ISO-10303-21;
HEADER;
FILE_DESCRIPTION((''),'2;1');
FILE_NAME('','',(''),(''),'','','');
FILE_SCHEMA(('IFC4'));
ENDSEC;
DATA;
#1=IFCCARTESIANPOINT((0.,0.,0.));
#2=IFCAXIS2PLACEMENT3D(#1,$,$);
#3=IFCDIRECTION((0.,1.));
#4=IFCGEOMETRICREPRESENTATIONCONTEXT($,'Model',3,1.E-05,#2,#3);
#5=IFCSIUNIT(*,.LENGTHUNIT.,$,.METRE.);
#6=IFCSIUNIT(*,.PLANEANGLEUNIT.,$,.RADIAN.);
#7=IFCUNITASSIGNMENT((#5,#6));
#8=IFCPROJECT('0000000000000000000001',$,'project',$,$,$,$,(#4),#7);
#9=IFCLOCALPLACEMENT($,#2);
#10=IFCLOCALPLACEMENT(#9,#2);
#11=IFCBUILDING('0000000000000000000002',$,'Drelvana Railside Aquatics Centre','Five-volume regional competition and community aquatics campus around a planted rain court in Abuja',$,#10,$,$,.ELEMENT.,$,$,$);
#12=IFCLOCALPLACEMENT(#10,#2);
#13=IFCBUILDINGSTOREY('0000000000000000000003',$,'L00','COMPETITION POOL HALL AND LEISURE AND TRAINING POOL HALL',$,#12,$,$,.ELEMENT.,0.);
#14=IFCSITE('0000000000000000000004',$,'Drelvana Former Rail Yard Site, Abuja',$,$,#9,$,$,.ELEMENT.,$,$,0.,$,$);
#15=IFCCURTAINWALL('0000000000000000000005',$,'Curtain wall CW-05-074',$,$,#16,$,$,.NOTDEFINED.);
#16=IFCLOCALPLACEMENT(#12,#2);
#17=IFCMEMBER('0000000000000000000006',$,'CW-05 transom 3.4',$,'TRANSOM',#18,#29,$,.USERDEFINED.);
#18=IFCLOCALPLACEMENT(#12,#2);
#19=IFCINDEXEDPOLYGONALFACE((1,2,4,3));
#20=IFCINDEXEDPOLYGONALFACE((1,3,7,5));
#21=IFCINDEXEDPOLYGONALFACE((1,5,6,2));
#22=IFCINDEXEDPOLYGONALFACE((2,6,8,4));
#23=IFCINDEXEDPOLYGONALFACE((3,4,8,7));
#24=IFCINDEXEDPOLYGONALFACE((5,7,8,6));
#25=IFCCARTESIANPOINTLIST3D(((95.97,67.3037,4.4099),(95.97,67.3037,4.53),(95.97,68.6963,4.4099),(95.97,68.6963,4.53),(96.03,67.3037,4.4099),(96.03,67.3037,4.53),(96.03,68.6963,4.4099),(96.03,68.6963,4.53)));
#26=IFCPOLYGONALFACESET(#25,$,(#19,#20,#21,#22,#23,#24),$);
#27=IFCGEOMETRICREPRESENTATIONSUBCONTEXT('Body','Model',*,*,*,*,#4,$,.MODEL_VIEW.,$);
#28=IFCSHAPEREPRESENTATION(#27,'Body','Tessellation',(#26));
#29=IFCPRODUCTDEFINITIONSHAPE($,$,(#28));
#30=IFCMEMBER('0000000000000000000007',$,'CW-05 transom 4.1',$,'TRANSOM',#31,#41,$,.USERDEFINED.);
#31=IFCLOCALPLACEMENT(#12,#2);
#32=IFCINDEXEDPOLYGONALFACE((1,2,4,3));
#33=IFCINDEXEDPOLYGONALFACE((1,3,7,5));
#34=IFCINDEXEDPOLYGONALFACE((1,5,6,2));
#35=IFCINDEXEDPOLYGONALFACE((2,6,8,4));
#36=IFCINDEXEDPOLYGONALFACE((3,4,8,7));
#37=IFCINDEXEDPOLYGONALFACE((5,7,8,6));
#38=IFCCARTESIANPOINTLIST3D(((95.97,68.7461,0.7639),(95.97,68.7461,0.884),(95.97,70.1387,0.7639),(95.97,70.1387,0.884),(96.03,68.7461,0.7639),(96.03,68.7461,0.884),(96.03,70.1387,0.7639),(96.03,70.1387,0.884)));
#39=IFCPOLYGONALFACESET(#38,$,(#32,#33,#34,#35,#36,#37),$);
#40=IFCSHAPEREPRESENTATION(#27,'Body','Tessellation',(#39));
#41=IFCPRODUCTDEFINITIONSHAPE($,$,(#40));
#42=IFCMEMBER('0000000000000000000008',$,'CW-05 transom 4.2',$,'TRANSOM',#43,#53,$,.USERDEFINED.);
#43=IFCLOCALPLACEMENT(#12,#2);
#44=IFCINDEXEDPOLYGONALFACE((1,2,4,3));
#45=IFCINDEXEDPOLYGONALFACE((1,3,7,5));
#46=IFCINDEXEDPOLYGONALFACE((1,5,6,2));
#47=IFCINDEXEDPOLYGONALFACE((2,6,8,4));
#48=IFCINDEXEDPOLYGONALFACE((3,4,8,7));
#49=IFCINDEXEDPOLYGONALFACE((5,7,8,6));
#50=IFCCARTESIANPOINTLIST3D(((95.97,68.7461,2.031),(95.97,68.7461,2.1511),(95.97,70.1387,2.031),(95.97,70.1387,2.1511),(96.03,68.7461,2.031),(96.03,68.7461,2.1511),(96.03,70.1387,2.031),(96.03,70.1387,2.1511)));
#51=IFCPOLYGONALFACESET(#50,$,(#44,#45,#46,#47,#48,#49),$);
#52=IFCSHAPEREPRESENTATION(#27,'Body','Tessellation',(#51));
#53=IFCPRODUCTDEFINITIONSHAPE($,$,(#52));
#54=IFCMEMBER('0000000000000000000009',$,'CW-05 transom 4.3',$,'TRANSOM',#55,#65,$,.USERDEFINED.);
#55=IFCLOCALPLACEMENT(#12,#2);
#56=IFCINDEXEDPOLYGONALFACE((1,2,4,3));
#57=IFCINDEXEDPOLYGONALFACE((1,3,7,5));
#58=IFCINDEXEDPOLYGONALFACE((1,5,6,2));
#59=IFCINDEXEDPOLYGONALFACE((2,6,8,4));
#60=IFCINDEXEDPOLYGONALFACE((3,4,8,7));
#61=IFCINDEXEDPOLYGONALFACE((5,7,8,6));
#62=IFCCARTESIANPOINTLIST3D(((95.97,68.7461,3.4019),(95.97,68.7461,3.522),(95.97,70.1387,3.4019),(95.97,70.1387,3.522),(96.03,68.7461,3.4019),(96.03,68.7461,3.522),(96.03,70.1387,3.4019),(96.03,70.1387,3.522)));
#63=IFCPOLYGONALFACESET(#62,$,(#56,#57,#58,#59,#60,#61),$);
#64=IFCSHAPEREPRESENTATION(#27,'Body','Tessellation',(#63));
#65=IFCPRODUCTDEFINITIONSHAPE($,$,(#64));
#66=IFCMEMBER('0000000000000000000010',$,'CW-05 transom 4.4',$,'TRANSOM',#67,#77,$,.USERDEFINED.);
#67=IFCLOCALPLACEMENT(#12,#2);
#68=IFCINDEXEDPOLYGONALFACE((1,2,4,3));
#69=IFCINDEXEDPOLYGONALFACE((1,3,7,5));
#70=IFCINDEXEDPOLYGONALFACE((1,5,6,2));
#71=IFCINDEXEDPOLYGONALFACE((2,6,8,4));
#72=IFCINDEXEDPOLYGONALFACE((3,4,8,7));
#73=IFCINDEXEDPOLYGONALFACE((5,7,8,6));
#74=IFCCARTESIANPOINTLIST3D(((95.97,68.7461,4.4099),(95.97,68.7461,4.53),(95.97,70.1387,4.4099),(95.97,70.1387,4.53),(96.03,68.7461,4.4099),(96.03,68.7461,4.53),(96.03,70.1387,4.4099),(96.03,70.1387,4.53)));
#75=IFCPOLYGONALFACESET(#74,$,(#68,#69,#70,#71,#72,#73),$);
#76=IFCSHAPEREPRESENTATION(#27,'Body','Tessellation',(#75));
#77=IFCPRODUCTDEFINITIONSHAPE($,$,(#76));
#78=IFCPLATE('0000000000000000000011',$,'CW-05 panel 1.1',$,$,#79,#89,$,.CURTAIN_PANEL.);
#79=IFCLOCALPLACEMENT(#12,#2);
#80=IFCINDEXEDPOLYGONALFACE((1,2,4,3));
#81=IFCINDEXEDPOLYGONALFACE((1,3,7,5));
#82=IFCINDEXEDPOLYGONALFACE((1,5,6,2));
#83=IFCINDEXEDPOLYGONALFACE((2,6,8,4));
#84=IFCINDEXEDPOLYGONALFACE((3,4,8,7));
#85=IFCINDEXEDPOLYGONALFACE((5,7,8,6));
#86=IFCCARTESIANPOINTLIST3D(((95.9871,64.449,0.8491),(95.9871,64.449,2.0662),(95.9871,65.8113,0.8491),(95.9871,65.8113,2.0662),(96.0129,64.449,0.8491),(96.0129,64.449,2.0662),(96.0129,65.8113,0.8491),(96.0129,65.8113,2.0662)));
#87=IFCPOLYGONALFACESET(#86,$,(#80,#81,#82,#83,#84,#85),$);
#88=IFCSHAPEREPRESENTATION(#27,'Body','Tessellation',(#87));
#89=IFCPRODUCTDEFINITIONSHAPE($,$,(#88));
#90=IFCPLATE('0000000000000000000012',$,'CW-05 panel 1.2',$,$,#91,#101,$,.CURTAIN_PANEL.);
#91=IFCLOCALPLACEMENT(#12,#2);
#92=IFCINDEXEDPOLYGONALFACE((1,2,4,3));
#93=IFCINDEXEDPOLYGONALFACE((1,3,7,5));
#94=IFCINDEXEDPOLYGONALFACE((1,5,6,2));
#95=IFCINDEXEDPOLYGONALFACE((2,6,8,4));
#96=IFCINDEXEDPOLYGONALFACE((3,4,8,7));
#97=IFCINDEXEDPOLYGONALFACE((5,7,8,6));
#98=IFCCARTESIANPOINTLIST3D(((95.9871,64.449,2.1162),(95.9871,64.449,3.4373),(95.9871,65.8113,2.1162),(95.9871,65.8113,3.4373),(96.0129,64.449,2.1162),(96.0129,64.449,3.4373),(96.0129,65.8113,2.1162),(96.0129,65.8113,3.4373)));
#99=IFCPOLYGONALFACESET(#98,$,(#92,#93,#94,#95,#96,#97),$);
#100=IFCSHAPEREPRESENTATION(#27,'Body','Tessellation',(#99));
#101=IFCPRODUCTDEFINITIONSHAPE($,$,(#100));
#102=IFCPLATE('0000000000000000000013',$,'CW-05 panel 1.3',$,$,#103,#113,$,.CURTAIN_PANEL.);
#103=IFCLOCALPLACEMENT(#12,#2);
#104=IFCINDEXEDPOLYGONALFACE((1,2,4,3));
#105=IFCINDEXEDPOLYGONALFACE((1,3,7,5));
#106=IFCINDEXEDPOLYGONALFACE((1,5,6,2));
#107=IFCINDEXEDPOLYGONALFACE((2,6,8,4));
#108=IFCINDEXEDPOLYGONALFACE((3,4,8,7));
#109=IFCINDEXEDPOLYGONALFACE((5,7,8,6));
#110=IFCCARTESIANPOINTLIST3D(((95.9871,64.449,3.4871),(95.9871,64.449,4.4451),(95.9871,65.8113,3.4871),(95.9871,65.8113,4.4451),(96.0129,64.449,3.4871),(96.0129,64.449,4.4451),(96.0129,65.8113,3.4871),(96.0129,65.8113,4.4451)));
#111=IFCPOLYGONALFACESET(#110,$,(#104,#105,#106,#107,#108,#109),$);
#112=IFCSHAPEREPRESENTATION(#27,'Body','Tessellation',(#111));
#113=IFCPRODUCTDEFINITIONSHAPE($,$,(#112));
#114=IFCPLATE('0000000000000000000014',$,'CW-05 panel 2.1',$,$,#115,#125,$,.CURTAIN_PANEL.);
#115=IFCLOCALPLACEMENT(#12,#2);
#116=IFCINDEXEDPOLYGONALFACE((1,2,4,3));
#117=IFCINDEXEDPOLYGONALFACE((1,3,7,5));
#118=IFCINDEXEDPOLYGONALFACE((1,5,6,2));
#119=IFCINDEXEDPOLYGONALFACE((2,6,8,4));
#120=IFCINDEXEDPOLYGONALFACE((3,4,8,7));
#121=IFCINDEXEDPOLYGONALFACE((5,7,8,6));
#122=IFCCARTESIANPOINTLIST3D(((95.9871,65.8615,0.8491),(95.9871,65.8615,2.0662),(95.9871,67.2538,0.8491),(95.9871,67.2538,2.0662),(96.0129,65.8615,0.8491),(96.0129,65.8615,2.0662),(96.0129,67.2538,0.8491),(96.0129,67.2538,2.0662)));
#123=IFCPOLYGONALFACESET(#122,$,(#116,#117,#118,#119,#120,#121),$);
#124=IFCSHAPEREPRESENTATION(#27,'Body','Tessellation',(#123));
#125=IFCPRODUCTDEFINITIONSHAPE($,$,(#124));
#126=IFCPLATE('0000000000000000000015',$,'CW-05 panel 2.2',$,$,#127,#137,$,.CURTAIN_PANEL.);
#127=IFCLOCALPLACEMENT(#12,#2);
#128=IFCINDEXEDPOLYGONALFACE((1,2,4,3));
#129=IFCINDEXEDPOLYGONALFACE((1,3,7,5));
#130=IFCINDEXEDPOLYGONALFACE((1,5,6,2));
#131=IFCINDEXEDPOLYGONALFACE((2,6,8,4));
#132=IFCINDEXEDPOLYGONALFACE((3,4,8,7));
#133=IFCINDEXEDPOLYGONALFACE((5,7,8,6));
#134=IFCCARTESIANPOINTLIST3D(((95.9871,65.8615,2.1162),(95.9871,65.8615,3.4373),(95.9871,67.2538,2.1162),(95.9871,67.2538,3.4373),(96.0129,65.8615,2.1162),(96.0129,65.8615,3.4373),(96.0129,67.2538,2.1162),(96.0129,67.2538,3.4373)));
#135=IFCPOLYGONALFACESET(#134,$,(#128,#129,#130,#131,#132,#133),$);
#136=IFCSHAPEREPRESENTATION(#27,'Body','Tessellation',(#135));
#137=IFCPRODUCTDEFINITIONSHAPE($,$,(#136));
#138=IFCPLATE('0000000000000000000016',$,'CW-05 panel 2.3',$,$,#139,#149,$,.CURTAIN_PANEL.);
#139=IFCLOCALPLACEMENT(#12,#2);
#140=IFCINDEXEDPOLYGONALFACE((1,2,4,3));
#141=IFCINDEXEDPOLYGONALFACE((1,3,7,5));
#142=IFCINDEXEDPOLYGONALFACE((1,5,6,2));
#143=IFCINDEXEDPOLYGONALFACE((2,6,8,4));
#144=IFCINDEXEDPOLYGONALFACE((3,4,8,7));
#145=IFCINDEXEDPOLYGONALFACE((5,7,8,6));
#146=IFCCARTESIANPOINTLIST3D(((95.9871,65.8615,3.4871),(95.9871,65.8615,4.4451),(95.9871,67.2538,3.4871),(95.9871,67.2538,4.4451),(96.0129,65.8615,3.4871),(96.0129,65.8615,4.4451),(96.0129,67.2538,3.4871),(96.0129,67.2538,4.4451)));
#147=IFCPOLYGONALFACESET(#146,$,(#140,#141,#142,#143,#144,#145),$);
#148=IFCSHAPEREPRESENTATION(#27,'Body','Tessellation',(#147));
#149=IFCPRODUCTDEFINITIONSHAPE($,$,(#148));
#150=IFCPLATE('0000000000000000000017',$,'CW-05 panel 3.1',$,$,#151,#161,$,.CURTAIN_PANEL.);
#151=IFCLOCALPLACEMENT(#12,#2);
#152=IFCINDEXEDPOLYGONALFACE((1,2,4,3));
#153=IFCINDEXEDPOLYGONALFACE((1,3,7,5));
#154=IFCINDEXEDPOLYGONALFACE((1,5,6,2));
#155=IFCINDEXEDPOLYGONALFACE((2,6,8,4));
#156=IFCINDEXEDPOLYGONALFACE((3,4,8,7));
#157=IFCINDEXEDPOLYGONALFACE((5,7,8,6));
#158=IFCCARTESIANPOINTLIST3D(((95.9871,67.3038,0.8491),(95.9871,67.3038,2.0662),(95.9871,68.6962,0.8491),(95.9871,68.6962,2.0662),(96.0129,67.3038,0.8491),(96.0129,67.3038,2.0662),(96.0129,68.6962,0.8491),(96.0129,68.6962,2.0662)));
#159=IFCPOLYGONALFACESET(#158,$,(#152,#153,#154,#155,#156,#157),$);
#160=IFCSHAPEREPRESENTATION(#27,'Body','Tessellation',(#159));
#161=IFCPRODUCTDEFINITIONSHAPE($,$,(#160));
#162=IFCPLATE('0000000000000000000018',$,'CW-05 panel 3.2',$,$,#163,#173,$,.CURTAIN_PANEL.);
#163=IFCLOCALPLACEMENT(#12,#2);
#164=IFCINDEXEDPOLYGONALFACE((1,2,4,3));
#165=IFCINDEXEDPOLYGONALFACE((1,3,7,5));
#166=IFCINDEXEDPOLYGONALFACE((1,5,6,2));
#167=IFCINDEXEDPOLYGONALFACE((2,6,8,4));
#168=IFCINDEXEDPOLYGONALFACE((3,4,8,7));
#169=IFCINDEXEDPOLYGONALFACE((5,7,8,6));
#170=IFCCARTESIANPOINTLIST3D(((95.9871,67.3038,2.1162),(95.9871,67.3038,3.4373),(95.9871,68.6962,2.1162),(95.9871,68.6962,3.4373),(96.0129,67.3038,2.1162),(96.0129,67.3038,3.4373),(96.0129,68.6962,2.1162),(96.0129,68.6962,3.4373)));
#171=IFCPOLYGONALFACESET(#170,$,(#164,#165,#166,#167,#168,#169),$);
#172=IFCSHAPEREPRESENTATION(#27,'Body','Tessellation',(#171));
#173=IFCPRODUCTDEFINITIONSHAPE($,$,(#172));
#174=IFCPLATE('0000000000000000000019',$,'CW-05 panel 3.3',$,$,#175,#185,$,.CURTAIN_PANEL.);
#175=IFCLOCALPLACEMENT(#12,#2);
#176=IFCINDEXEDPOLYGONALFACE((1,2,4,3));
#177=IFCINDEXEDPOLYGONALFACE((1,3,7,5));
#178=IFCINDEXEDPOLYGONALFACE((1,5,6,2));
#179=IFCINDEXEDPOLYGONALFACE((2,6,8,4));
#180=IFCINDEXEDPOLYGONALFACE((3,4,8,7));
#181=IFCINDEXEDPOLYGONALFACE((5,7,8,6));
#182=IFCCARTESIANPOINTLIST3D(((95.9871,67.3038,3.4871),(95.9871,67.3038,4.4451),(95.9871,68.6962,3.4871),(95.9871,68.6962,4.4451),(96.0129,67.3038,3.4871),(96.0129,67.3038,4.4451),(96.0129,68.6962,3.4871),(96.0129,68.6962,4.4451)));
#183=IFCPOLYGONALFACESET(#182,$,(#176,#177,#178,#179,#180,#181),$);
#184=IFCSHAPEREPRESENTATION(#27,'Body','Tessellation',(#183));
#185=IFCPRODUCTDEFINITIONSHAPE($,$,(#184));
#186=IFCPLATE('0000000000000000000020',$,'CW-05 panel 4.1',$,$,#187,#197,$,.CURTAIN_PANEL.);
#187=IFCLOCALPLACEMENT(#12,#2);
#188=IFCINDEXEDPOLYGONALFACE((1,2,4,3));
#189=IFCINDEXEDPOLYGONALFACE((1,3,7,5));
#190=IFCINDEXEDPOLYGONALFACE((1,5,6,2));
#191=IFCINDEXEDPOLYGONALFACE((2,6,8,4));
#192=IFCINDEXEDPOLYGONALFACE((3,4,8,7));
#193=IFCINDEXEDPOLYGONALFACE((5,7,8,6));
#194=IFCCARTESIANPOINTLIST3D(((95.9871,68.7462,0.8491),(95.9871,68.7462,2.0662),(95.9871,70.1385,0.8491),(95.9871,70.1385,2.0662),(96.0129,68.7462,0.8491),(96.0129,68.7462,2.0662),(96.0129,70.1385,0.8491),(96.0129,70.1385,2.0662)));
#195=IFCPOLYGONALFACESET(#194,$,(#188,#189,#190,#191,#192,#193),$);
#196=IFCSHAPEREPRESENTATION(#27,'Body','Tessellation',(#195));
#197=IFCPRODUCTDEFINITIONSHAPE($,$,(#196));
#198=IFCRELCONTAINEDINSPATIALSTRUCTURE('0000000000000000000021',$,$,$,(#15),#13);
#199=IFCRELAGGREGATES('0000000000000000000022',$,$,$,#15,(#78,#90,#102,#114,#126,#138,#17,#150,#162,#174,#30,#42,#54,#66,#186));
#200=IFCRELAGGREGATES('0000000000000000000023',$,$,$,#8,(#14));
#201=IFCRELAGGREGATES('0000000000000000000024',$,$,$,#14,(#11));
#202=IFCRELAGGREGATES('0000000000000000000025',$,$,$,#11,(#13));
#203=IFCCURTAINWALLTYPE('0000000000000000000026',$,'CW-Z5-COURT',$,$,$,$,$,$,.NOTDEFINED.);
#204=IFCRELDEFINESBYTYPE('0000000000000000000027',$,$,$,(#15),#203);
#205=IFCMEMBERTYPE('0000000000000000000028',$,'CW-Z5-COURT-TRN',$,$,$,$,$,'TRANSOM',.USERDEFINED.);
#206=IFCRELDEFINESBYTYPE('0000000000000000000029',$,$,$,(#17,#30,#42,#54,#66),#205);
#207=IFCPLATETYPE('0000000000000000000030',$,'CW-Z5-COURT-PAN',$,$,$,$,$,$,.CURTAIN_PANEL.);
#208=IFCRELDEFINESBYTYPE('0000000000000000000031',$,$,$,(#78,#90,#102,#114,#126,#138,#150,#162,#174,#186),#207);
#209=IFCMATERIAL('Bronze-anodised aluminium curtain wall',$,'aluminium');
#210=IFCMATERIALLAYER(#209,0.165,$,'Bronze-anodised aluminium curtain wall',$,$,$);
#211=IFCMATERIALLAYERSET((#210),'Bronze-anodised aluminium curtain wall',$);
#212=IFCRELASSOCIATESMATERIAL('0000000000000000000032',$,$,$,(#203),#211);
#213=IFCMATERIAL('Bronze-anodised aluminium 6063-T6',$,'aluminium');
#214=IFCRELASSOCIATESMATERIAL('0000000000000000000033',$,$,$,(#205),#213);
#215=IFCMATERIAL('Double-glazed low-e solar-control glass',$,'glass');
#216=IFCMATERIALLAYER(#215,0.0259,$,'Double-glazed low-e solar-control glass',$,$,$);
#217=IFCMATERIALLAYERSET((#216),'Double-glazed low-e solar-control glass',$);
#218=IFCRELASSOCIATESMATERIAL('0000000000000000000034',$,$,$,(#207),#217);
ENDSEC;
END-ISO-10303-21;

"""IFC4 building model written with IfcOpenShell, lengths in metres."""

from ifc_helpers import new_model, si_unit, direction, frame, origin, origin_2d, place, context, subcontext, project, spatial, rectangle, extrude, material, layer, layer_set, material_profile, profile_set, type_object, element, aggregate, save


model = new_model("IFC4")

# Units and contexts
model_context = context("Model", 3, precision=1e-05, world=origin(), true_north=direction((0.0, 1.0)))
body_context = subcontext(model_context, "Body", "Model", "MODEL_VIEW")
ifc_project = project(units=[si_unit("LENGTHUNIT", "METRE"), si_unit("PLANEANGLEUNIT", "RADIAN")], contexts=[model_context])

# Site, building, storey
site_placement = place(None, origin())
site = spatial("IfcSite", under=ifc_project, at=site_placement, Name="Drelvana Former Rail Yard Site, Abuja", CompositionType="ELEMENT", RefElevation=0.0)
building_placement = place(site_placement, origin())
building = spatial("IfcBuilding", under=site, at=building_placement, Name="Drelvana Railside Aquatics Centre", Description="Five-volume regional competition and community aquatics campus around a planted rain court in Abuja", CompositionType="ELEMENT")
storey_placement = place(building_placement, origin())
storey = spatial("IfcBuildingStorey", under=building, at=storey_placement, Name="L00", Description="COMPETITION POOL HALL AND LEISURE AND TRAINING POOL HALL", CompositionType="ELEMENT", Elevation=0.0)

# Curtain wall, members, plates
ifc_material_1 = material(Name="Bronze-anodised aluminium curtain wall", Category="aluminium")
ifc_layer_1 = layer(ifc_material_1, 0.165, Name="Bronze-anodised aluminium curtain wall")
ifc_layer_set_1 = layer_set([ifc_layer_1], Name="Bronze-anodised aluminium curtain wall")
curtain_wall_type = type_object("IfcCurtainWallType", Name="CW-Z5-COURT", PredefinedType="NOTDEFINED", material=ifc_layer_set_1)
curtain_wall_placement = place(storey_placement, origin())
curtain_wall = element("IfcCurtainWall", 1, at=curtain_wall_placement, inside=storey, type_object=curtain_wall_type, Name="Curtain wall CW-05-074", PredefinedType="NOTDEFINED")
ifc_material_2 = material(Name="Bronze-anodised aluminium 6063-T6", Category="aluminium")
ifc_material_profile_1 = material_profile(ifc_material_2, rectangle(XDim=0.1201, YDim=0.0601, at=origin_2d()), Name="ALU-T 60x120")
ifc_profile_set_1 = profile_set([ifc_material_profile_1], Name="Bronze-anodised aluminium 6063-T6")
member_type_1 = type_object("IfcMemberType", Name="CW-Z5-COURT-TRN", ElementType="TRANSOM", PredefinedType="USERDEFINED", material=ifc_profile_set_1)
member_1_placement = place(storey_placement, frame((96.0, 67.3037, 4.47), z_axis=(0.0, 1.0, 0.0), x_axis=(0.0, 0.0, 1.0)))
member_1 = element("IfcMember", 2, at=member_1_placement, type_object=member_type_1, Name="CW-05 transom 3.4", ObjectType="TRANSOM", PredefinedType="USERDEFINED", context=body_context, shape_type="SweptSolid", body=[
    extrude(rectangle(XDim=0.1201, YDim=0.0601, at=origin_2d()), origin(), (0.0, 0.0, 1.0), 1.3926),
])
member_2_placement = place(storey_placement, frame((96.0, 68.7461, 0.824), z_axis=(0.0, 1.0, 0.0), x_axis=(0.0, 0.0, 1.0)))
member_2 = element("IfcMember", 3, at=member_2_placement, type_object=member_type_1, Name="CW-05 transom 4.1", ObjectType="TRANSOM", PredefinedType="USERDEFINED", context=body_context, shape_type="SweptSolid", body=[
    extrude(rectangle(XDim=0.1201, YDim=0.0601, at=origin_2d()), origin(), (0.0, 0.0, 1.0), 1.3926),
])
member_3_placement = place(storey_placement, frame((96.0, 68.7461, 2.0911), z_axis=(0.0, 1.0, 0.0), x_axis=(0.0, 0.0, 1.0)))
member_3 = element("IfcMember", 4, at=member_3_placement, type_object=member_type_1, Name="CW-05 transom 4.2", ObjectType="TRANSOM", PredefinedType="USERDEFINED", context=body_context, shape_type="SweptSolid", body=[
    extrude(rectangle(XDim=0.1201, YDim=0.0601, at=origin_2d()), origin(), (0.0, 0.0, 1.0), 1.3926),
])
member_4_placement = place(storey_placement, frame((96.0, 68.7461, 3.4619), z_axis=(0.0, 1.0, 0.0), x_axis=(0.0, 0.0, 1.0)))
member_4 = element("IfcMember", 5, at=member_4_placement, type_object=member_type_1, Name="CW-05 transom 4.3", ObjectType="TRANSOM", PredefinedType="USERDEFINED", context=body_context, shape_type="SweptSolid", body=[
    extrude(rectangle(XDim=0.1201, YDim=0.0601, at=origin_2d()), origin(), (0.0, 0.0, 1.0), 1.3926),
])
member_5_placement = place(storey_placement, frame((96.0, 68.7461, 4.47), z_axis=(0.0, 1.0, 0.0), x_axis=(0.0, 0.0, 1.0)))
member_5 = element("IfcMember", 6, at=member_5_placement, type_object=member_type_1, Name="CW-05 transom 4.4", ObjectType="TRANSOM", PredefinedType="USERDEFINED", context=body_context, shape_type="SweptSolid", body=[
    extrude(rectangle(XDim=0.1201, YDim=0.0601, at=origin_2d()), origin(), (0.0, 0.0, 1.0), 1.3926),
])
ifc_material_3 = material(Name="Double-glazed low-e solar-control glass", Category="glass")
ifc_layer_2 = layer(ifc_material_3, 0.0259, Name="Double-glazed low-e solar-control glass")
ifc_layer_set_2 = layer_set([ifc_layer_2], Name="Double-glazed low-e solar-control glass")
plate_type = type_object("IfcPlateType", Name="CW-Z5-COURT-PAN", PredefinedType="CURTAIN_PANEL", material=ifc_layer_set_2)
plate_1_placement = place(storey_placement, frame((96.0, 65.1301, 0.8491), z_axis=(0.0, 0.0, 1.0), x_axis=(0.0, 1.0, 0.0)))
plate_1 = element("IfcPlate", 7, at=plate_1_placement, type_object=plate_type, Name="CW-05 panel 1.1", PredefinedType="CURTAIN_PANEL", context=body_context, shape_type="SweptSolid", body=[
    extrude(rectangle(XDim=1.3623, YDim=0.0259, at=origin_2d()), origin(), (0.0, 0.0, 1.0), 1.217),
])
plate_2_placement = place(storey_placement, frame((96.0, 65.1301, 2.1162), z_axis=(0.0, 0.0, 1.0), x_axis=(0.0, 1.0, 0.0)))
plate_2 = element("IfcPlate", 8, at=plate_2_placement, type_object=plate_type, Name="CW-05 panel 1.2", PredefinedType="CURTAIN_PANEL", context=body_context, shape_type="SweptSolid", body=[
    extrude(rectangle(XDim=1.3623, YDim=0.0259, at=origin_2d()), origin(), (0.0, 0.0, 1.0), 1.321),
])
plate_3_placement = place(storey_placement, frame((96.0, 65.1301, 3.4871), z_axis=(0.0, 0.0, 1.0), x_axis=(0.0, 1.0, 0.0)))
plate_3 = element("IfcPlate", 9, at=plate_3_placement, type_object=plate_type, Name="CW-05 panel 1.3", PredefinedType="CURTAIN_PANEL", context=body_context, shape_type="SweptSolid", body=[
    extrude(rectangle(XDim=1.3623, YDim=0.0259, at=origin_2d()), origin(), (0.0, 0.0, 1.0), 0.958),
])
plate_4_placement = place(storey_placement, frame((96.0, 66.5576, 0.8491), z_axis=(0.0, 0.0, 1.0), x_axis=(0.0, 1.0, 0.0)))
plate_4 = element("IfcPlate", 10, at=plate_4_placement, type_object=plate_type, Name="CW-05 panel 2.1", PredefinedType="CURTAIN_PANEL", context=body_context, shape_type="SweptSolid", body=[
    extrude(rectangle(XDim=1.3923, YDim=0.0259, at=origin_2d()), origin(), (0.0, 0.0, 1.0), 1.217),
])
plate_5_placement = place(storey_placement, frame((96.0, 66.5576, 2.1162), z_axis=(0.0, 0.0, 1.0), x_axis=(0.0, 1.0, 0.0)))
plate_5 = element("IfcPlate", 11, at=plate_5_placement, type_object=plate_type, Name="CW-05 panel 2.2", PredefinedType="CURTAIN_PANEL", context=body_context, shape_type="SweptSolid", body=[
    extrude(rectangle(XDim=1.3923, YDim=0.0259, at=origin_2d()), origin(), (0.0, 0.0, 1.0), 1.321),
])
plate_6_placement = place(storey_placement, frame((96.0, 66.5576, 3.4871), z_axis=(0.0, 0.0, 1.0), x_axis=(0.0, 1.0, 0.0)))
plate_6 = element("IfcPlate", 12, at=plate_6_placement, type_object=plate_type, Name="CW-05 panel 2.3", PredefinedType="CURTAIN_PANEL", context=body_context, shape_type="SweptSolid", body=[
    extrude(rectangle(XDim=1.3923, YDim=0.0259, at=origin_2d()), origin(), (0.0, 0.0, 1.0), 0.958),
])
plate_7_placement = place(storey_placement, frame((96.0, 68.0, 0.8491), z_axis=(0.0, 0.0, 1.0), x_axis=(0.0, 1.0, 0.0)))
plate_7 = element("IfcPlate", 13, at=plate_7_placement, type_object=plate_type, Name="CW-05 panel 3.1", PredefinedType="CURTAIN_PANEL", context=body_context, shape_type="SweptSolid", body=[
    extrude(rectangle(XDim=1.3923, YDim=0.0259, at=origin_2d()), origin(), (0.0, 0.0, 1.0), 1.217),
])
plate_8_placement = place(storey_placement, frame((96.0, 68.0, 2.1162), z_axis=(0.0, 0.0, 1.0), x_axis=(0.0, 1.0, 0.0)))
plate_8 = element("IfcPlate", 14, at=plate_8_placement, type_object=plate_type, Name="CW-05 panel 3.2", PredefinedType="CURTAIN_PANEL", context=body_context, shape_type="SweptSolid", body=[
    extrude(rectangle(XDim=1.3923, YDim=0.0259, at=origin_2d()), origin(), (0.0, 0.0, 1.0), 1.321),
])
plate_9_placement = place(storey_placement, frame((96.0, 68.0, 3.4871), z_axis=(0.0, 0.0, 1.0), x_axis=(0.0, 1.0, 0.0)))
plate_9 = element("IfcPlate", 15, at=plate_9_placement, type_object=plate_type, Name="CW-05 panel 3.3", PredefinedType="CURTAIN_PANEL", context=body_context, shape_type="SweptSolid", body=[
    extrude(rectangle(XDim=1.3923, YDim=0.0259, at=origin_2d()), origin(), (0.0, 0.0, 1.0), 0.958),
])
plate_10_placement = place(storey_placement, frame((96.0, 69.4424, 0.8491), z_axis=(0.0, 0.0, 1.0), x_axis=(0.0, 1.0, 0.0)))
plate_10 = element("IfcPlate", 16, at=plate_10_placement, type_object=plate_type, Name="CW-05 panel 4.1", PredefinedType="CURTAIN_PANEL", context=body_context, shape_type="SweptSolid", body=[
    extrude(rectangle(XDim=1.3923, YDim=0.0259, at=origin_2d()), origin(), (0.0, 0.0, 1.0), 1.217),
])
aggregate(curtain_wall, [plate_1, plate_2, plate_3, plate_4, plate_5, plate_6, member_1, plate_7, plate_8, plate_9, member_2, member_3, member_4, member_5, plate_10])

save(model, "model.ifc")
